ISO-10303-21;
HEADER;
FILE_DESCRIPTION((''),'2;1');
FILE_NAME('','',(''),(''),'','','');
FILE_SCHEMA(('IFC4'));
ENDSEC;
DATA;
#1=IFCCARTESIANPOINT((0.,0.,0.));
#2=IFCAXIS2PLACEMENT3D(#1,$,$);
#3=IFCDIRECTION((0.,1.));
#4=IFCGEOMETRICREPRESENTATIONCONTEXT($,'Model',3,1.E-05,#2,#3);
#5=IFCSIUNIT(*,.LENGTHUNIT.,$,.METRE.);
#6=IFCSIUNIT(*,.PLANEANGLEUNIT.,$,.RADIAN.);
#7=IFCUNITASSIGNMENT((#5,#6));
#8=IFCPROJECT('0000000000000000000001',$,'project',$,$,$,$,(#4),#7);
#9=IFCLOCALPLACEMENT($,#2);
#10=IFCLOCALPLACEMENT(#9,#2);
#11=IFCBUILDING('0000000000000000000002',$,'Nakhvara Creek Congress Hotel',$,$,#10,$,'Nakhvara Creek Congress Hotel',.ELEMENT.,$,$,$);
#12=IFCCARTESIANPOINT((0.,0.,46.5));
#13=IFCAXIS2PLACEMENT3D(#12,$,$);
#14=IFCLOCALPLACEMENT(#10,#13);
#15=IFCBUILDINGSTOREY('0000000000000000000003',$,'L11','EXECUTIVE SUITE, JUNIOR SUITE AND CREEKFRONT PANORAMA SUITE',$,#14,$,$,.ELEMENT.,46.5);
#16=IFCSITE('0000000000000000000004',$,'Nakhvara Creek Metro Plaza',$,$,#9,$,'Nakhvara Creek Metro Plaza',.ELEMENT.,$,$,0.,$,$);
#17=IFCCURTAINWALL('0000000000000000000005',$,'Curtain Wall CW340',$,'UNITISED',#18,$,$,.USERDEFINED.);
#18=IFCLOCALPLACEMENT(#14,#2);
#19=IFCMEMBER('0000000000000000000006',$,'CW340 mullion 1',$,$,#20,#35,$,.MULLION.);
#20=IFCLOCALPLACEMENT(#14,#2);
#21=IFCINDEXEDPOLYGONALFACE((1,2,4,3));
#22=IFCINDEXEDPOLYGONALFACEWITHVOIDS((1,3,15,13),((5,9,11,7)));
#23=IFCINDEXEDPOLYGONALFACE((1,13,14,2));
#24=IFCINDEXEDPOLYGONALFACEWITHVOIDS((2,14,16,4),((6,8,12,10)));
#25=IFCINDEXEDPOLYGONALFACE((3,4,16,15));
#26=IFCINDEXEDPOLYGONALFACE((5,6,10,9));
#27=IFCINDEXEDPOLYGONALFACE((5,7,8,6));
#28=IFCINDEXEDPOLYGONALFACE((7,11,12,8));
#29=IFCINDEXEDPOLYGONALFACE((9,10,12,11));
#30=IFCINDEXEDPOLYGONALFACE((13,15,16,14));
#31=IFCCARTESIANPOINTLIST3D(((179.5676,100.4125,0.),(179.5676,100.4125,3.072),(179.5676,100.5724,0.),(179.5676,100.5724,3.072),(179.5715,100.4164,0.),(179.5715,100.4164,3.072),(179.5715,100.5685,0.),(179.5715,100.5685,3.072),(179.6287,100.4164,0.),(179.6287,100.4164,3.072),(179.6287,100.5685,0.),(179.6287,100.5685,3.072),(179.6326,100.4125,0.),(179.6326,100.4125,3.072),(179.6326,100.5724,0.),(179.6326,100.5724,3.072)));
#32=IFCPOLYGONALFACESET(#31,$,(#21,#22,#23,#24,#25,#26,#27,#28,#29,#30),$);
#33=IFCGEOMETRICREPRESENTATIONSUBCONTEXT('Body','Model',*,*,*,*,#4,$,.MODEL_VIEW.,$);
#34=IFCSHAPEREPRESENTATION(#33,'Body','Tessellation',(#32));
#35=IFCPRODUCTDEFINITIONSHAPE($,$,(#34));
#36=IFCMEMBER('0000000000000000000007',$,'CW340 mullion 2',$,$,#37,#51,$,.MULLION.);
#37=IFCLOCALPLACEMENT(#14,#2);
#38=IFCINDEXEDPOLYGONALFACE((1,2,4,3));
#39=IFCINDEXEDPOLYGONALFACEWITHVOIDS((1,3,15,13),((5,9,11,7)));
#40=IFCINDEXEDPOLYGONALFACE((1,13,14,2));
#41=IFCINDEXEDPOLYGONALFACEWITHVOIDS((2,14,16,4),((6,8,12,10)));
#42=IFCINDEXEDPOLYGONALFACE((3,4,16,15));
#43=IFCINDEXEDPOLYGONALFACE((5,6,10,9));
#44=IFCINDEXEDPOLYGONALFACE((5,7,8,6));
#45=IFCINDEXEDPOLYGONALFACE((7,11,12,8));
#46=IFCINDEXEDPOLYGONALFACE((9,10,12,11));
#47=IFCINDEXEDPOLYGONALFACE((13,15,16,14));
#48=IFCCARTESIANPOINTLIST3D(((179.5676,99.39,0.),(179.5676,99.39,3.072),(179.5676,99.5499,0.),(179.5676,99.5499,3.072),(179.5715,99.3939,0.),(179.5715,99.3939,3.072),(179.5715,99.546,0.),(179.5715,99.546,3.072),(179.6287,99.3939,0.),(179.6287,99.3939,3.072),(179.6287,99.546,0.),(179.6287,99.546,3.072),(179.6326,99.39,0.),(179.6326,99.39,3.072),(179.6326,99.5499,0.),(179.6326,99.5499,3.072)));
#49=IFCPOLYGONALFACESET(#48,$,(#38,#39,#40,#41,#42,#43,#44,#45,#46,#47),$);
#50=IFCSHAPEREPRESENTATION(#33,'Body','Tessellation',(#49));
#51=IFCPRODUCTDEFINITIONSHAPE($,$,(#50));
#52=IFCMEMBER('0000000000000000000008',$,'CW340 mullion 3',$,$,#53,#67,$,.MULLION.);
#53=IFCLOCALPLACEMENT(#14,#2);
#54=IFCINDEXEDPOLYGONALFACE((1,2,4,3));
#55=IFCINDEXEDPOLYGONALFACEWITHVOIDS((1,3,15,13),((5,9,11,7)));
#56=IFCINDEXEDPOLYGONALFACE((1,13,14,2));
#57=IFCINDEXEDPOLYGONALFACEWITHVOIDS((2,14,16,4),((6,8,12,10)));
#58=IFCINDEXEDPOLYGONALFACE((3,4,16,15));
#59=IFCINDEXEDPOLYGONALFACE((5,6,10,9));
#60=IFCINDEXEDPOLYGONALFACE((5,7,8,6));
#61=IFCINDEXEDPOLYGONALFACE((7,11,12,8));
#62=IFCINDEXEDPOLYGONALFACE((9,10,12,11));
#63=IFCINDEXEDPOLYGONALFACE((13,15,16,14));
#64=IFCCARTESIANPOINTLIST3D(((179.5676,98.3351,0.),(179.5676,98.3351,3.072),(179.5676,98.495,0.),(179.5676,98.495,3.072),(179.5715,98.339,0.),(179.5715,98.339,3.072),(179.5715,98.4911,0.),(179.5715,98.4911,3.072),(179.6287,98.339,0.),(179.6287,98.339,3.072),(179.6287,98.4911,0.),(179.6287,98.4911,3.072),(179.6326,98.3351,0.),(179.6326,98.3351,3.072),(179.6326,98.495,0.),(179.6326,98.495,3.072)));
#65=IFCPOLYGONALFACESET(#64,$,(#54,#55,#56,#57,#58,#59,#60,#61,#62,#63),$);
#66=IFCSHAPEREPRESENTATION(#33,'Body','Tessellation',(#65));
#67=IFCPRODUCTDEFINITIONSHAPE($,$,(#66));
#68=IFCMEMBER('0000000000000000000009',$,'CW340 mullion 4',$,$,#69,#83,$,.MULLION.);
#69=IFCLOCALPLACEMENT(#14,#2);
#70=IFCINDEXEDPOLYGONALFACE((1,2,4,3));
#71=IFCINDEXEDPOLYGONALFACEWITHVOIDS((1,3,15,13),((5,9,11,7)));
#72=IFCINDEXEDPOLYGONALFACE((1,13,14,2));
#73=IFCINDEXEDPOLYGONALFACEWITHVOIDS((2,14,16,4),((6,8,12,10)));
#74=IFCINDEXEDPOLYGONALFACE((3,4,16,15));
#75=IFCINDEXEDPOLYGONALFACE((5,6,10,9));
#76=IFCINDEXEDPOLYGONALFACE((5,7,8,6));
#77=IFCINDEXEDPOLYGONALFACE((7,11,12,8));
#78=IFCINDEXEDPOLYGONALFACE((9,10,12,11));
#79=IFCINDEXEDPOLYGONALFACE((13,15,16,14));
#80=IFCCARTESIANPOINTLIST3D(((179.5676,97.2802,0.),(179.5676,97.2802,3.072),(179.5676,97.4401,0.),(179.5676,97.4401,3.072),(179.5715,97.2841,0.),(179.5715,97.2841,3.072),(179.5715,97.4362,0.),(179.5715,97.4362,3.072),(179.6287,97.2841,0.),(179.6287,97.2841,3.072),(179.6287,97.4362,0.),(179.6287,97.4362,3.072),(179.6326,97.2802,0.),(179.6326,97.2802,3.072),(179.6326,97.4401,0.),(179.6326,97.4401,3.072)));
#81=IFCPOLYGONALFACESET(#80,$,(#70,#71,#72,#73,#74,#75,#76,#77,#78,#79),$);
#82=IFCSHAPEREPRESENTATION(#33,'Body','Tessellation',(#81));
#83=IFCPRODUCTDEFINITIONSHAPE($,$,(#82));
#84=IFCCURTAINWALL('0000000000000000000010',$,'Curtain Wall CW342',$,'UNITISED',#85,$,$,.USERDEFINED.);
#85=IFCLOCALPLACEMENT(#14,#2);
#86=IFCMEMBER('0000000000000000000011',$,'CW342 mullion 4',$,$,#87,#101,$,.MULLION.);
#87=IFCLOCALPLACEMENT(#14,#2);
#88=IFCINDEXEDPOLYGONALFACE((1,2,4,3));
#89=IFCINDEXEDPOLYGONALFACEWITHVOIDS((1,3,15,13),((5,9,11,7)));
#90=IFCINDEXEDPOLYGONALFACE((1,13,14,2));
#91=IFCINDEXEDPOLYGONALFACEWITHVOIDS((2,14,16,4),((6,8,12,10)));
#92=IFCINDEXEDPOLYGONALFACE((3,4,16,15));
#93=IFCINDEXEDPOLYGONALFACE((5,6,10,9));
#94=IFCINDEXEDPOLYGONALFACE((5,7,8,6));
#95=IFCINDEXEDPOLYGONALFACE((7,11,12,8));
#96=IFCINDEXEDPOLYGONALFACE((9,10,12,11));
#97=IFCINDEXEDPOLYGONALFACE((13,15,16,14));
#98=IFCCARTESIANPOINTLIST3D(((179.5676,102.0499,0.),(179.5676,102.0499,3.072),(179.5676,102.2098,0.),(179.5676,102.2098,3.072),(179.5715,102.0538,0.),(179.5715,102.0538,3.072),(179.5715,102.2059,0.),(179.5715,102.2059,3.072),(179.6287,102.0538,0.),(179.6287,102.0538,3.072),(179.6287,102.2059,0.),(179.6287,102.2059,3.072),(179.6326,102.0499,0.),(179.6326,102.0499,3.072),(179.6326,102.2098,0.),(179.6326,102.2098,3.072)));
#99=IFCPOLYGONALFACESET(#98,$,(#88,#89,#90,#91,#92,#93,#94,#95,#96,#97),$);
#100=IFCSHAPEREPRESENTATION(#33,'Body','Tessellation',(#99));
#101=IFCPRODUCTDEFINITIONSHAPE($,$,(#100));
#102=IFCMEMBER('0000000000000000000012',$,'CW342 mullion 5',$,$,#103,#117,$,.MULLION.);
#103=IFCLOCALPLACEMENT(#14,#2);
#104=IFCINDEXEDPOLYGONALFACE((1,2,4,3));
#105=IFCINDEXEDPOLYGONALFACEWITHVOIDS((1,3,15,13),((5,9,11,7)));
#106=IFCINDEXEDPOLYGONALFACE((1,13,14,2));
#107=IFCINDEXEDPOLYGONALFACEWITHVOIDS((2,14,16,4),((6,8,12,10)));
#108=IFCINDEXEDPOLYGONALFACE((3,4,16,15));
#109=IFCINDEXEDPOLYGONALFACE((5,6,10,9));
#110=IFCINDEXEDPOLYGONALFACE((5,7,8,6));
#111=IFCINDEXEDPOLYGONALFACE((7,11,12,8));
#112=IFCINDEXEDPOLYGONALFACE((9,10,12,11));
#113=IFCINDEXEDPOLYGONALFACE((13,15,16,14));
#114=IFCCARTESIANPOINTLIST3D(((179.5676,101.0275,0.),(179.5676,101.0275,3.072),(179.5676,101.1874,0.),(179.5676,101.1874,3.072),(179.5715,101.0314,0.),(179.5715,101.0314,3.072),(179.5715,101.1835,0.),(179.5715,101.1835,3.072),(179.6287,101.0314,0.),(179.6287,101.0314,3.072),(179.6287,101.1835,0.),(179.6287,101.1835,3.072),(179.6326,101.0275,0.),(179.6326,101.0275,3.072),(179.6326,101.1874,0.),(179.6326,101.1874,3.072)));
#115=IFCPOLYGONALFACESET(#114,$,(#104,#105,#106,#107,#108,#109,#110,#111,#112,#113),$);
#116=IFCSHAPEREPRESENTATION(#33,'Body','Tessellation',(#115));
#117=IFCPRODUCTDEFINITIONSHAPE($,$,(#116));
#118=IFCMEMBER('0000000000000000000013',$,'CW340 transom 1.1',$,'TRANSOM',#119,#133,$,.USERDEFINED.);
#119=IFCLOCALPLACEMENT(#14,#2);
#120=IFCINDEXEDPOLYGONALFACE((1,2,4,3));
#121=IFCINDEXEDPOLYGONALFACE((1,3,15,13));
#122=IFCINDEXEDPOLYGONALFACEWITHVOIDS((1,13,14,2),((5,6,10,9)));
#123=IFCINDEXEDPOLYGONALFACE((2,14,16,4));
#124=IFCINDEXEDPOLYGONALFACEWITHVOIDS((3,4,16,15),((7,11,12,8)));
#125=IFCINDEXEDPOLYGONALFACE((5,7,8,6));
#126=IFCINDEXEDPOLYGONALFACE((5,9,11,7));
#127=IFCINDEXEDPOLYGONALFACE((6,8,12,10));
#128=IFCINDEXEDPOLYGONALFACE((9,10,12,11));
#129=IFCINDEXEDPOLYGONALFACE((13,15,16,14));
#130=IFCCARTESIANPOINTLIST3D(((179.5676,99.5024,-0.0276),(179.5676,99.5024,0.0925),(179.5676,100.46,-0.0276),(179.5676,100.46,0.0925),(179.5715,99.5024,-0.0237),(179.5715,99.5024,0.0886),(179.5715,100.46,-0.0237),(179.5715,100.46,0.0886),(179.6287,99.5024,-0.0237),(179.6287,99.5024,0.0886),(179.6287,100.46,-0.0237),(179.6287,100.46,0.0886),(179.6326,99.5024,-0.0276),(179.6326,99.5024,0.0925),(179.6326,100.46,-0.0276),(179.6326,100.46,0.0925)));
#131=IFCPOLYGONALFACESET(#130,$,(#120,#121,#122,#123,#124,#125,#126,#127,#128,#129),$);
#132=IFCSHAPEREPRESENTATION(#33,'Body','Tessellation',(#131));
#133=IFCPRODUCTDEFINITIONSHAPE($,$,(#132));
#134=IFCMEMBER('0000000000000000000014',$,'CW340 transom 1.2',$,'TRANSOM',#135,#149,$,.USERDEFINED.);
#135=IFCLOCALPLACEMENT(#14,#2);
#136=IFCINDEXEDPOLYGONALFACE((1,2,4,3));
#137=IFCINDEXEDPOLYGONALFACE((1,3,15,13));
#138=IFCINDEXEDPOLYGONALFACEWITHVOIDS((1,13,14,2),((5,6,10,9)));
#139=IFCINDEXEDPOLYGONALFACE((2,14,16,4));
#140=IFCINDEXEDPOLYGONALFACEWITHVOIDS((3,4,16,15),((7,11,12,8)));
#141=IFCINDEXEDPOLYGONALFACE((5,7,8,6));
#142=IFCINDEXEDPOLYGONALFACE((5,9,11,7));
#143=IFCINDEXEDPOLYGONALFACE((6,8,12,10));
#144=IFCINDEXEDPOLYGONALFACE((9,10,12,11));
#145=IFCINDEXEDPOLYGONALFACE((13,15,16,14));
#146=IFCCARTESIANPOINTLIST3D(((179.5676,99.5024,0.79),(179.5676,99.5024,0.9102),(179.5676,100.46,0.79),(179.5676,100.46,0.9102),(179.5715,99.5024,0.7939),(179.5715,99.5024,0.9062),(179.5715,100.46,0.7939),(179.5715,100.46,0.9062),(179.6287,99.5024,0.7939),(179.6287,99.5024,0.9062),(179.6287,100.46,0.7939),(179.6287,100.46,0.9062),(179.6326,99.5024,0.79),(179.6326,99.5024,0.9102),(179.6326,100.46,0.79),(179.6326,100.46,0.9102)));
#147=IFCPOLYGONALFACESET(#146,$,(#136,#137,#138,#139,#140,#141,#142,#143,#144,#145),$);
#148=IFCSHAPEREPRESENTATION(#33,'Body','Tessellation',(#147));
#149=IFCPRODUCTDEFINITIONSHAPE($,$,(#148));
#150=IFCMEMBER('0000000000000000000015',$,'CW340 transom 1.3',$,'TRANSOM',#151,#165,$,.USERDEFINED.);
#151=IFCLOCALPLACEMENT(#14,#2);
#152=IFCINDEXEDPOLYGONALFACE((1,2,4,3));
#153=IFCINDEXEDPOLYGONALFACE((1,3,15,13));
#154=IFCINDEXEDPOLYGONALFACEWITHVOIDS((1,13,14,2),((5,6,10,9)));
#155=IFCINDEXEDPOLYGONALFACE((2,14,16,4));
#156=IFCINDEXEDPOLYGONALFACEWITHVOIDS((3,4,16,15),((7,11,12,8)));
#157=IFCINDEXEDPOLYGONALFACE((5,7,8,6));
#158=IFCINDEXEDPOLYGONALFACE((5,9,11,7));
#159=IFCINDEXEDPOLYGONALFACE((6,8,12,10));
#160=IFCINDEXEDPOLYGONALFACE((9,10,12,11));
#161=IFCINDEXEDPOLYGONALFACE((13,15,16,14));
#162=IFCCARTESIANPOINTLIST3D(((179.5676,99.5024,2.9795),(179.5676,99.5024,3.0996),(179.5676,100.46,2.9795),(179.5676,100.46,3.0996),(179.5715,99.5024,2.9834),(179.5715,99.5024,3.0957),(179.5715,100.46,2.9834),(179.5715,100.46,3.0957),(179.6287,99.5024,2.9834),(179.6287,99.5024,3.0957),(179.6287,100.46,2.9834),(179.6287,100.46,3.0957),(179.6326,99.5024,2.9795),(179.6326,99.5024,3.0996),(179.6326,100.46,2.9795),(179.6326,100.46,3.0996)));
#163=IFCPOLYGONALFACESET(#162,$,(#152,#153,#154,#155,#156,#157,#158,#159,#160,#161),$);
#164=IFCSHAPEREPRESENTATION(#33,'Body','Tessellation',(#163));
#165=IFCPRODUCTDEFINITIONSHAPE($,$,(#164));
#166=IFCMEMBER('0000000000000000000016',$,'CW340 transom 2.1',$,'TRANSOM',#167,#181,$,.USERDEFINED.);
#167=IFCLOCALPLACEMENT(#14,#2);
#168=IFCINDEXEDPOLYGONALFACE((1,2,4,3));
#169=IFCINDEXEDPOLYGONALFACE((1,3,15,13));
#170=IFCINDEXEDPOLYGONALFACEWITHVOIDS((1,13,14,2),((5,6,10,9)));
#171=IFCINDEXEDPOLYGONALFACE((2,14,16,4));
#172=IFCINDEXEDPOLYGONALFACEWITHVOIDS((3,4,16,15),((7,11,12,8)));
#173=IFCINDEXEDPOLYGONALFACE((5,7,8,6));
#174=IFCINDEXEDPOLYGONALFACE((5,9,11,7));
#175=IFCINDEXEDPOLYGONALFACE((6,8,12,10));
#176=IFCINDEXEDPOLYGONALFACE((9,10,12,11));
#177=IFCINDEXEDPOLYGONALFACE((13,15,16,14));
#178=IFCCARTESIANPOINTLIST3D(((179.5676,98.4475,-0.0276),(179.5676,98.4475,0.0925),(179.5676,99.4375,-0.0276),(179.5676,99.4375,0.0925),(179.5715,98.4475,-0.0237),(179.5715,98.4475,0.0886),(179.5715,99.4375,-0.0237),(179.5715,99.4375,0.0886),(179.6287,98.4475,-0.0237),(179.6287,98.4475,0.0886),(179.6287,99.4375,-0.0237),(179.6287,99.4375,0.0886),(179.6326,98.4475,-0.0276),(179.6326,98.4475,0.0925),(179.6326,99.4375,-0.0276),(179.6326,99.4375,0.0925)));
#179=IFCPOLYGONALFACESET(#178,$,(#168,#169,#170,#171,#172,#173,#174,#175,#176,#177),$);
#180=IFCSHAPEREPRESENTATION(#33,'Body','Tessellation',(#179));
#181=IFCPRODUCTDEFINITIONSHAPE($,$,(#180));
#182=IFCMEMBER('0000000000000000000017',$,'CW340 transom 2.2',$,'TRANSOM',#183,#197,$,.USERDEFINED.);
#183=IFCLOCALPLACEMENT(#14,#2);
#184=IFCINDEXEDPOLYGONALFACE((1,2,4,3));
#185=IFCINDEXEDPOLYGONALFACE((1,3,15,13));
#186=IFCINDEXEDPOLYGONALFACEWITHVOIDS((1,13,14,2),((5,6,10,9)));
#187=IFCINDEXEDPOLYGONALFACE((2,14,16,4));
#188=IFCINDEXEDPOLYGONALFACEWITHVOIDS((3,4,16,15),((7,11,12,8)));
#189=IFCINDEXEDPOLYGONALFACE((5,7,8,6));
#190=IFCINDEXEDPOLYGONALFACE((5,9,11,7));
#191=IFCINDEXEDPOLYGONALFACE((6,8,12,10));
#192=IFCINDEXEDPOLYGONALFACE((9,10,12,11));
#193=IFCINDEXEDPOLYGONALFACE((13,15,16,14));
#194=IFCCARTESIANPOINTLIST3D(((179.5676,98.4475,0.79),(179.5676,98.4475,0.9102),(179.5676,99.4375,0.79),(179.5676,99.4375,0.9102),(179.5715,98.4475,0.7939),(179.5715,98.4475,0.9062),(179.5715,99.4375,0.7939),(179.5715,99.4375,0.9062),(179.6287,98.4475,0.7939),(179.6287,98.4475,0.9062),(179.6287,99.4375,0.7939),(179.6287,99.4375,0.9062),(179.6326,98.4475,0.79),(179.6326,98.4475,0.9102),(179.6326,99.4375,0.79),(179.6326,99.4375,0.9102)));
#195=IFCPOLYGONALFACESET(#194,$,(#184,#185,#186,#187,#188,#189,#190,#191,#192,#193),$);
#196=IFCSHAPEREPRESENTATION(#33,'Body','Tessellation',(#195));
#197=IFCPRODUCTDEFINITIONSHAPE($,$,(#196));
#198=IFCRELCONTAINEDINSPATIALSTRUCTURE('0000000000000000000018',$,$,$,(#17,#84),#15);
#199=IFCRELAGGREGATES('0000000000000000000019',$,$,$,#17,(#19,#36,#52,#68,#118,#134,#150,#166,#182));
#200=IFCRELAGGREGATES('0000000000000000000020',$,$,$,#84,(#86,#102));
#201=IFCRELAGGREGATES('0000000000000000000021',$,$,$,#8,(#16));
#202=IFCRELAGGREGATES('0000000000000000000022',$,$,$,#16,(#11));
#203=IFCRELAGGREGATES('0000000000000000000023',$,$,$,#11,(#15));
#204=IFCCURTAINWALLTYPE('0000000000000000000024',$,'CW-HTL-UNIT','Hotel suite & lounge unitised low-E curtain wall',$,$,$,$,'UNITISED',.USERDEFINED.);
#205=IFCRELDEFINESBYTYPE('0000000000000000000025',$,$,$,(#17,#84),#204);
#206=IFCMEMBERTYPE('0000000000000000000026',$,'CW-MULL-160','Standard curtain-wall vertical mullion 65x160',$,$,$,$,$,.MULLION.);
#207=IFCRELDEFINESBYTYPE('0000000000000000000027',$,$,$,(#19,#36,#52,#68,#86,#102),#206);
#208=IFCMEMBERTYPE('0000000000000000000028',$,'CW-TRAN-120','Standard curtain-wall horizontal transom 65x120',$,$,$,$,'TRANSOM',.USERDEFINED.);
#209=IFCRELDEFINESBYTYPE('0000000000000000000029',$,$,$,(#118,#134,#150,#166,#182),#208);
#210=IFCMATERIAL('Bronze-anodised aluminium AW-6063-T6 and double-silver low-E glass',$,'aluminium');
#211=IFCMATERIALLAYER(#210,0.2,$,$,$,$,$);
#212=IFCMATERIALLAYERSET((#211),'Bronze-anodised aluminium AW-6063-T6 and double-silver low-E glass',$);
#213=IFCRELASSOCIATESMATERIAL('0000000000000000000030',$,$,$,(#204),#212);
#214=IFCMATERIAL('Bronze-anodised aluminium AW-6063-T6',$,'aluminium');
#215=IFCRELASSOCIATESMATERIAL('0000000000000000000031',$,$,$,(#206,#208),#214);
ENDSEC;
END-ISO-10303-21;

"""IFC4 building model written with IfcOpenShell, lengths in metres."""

from ifc_helpers import new_model, si_unit, direction, frame, origin, origin_2d, place, context, subcontext, project, spatial, hollow_rectangle, extrude, material, layer, layer_set, material_profile, profile_set, type_object, element, aggregate, save


model = new_model("IFC4")

# Units and contexts
model_context = context("Model", 3, precision=1e-05, world=origin(), true_north=direction((0.0, 1.0)))
body_context = subcontext(model_context, "Body", "Model", "MODEL_VIEW")
ifc_project = project(units=[si_unit("LENGTHUNIT", "METRE"), si_unit("PLANEANGLEUNIT", "RADIAN")], contexts=[model_context])

# Site, building, storey
site_placement = place(None, origin())
site = spatial("IfcSite", under=ifc_project, at=site_placement, Name="Nakhvara Creek Metro Plaza", LongName="Nakhvara Creek Metro Plaza", CompositionType="ELEMENT", RefElevation=0.0)
building_placement = place(site_placement, origin())
building = spatial("IfcBuilding", under=site, at=building_placement, Name="Nakhvara Creek Congress Hotel", LongName="Nakhvara Creek Congress Hotel", CompositionType="ELEMENT")
storey_placement = place(building_placement, frame((0.0, 0.0, 46.5)))
storey = spatial("IfcBuildingStorey", under=building, at=storey_placement, Name="L11", Description="EXECUTIVE SUITE, JUNIOR SUITE AND CREEKFRONT PANORAMA SUITE", CompositionType="ELEMENT", Elevation=46.5)

# Curtain walls, members
ifc_material_1 = material(Name="Bronze-anodised aluminium AW-6063-T6 and double-silver low-E glass", Category="aluminium")
ifc_layer = layer(ifc_material_1, 0.2)
ifc_layer_set = layer_set([ifc_layer], Name="Bronze-anodised aluminium AW-6063-T6 and double-silver low-E glass")
curtain_wall_type = type_object("IfcCurtainWallType", Name="CW-HTL-UNIT", Description="Hotel suite & lounge unitised low-E curtain wall", ElementType="UNITISED", PredefinedType="USERDEFINED", material=ifc_layer_set)
curtain_wall_1_placement = place(storey_placement, origin())
curtain_wall_1 = element("IfcCurtainWall", 1, at=curtain_wall_1_placement, inside=storey, type_object=curtain_wall_type, Name="Curtain Wall CW340", ObjectType="UNITISED", PredefinedType="USERDEFINED")
ifc_material_2 = material(Name="Bronze-anodised aluminium AW-6063-T6", Category="aluminium")
ifc_material_profile_1 = material_profile(ifc_material_2, hollow_rectangle(XDim=0.0649, YDim=0.1599, WallThickness=0.0039, at=origin_2d()), Name="ALU-MULL 65x160x4", Category="LoadBearing")
ifc_profile_set_1 = profile_set([ifc_material_profile_1], Name="Bronze-anodised aluminium AW-6063-T6")
member_type_1 = type_object("IfcMemberType", Name="CW-MULL-160", Description="Standard curtain-wall vertical mullion 65x160", PredefinedType="MULLION", material=ifc_profile_set_1)
member_1_placement = place(storey_placement, frame((179.6001, 100.4924, 0.0), z_axis=(0.0, 0.0, 1.0), x_axis=(1.0, 0.0, 0.0)))
member_1 = element("IfcMember", 2, at=member_1_placement, type_object=member_type_1, Name="CW340 mullion 1", PredefinedType="MULLION", context=body_context, shape_type="SweptSolid", body=[
    extrude(hollow_rectangle(XDim=0.0649, YDim=0.1599, WallThickness=0.0039, at=origin_2d()), origin(), (0.0, 0.0, 1.0), 3.072),
])
member_2_placement = place(storey_placement, frame((179.6001, 99.47, 0.0), z_axis=(0.0, 0.0, 1.0), x_axis=(1.0, 0.0, 0.0)))
member_2 = element("IfcMember", 3, at=member_2_placement, type_object=member_type_1, Name="CW340 mullion 2", PredefinedType="MULLION", context=body_context, shape_type="SweptSolid", body=[
    extrude(hollow_rectangle(XDim=0.0649, YDim=0.1599, WallThickness=0.0039, at=origin_2d()), origin(), (0.0, 0.0, 1.0), 3.072),
])
member_3_placement = place(storey_placement, frame((179.6001, 98.415, 0.0), z_axis=(0.0, 0.0, 1.0), x_axis=(1.0, 0.0, 0.0)))
member_3 = element("IfcMember", 4, at=member_3_placement, type_object=member_type_1, Name="CW340 mullion 3", PredefinedType="MULLION", context=body_context, shape_type="SweptSolid", body=[
    extrude(hollow_rectangle(XDim=0.0649, YDim=0.1599, WallThickness=0.0039, at=origin_2d()), origin(), (0.0, 0.0, 1.0), 3.072),
])
member_4_placement = place(storey_placement, frame((179.6001, 97.3601, 0.0), z_axis=(0.0, 0.0, 1.0), x_axis=(1.0, 0.0, 0.0)))
member_4 = element("IfcMember", 5, at=member_4_placement, type_object=member_type_1, Name="CW340 mullion 4", PredefinedType="MULLION", context=body_context, shape_type="SweptSolid", body=[
    extrude(hollow_rectangle(XDim=0.0649, YDim=0.1599, WallThickness=0.0039, at=origin_2d()), origin(), (0.0, 0.0, 1.0), 3.072),
])
curtain_wall_2_placement = place(storey_placement, origin())
curtain_wall_2 = element("IfcCurtainWall", 6, at=curtain_wall_2_placement, inside=storey, type_object=curtain_wall_type, Name="Curtain Wall CW342", ObjectType="UNITISED", PredefinedType="USERDEFINED")
member_5_placement = place(storey_placement, frame((179.6001, 102.1299, 0.0), z_axis=(0.0, 0.0, 1.0), x_axis=(1.0, 0.0, 0.0)))
member_5 = element("IfcMember", 7, at=member_5_placement, type_object=member_type_1, Name="CW342 mullion 4", PredefinedType="MULLION", context=body_context, shape_type="SweptSolid", body=[
    extrude(hollow_rectangle(XDim=0.0649, YDim=0.1599, WallThickness=0.0039, at=origin_2d()), origin(), (0.0, 0.0, 1.0), 3.072),
])
member_6_placement = place(storey_placement, frame((179.6001, 101.1074, 0.0), z_axis=(0.0, 0.0, 1.0), x_axis=(1.0, 0.0, 0.0)))
member_6 = element("IfcMember", 8, at=member_6_placement, type_object=member_type_1, Name="CW342 mullion 5", PredefinedType="MULLION", context=body_context, shape_type="SweptSolid", body=[
    extrude(hollow_rectangle(XDim=0.0649, YDim=0.1599, WallThickness=0.0039, at=origin_2d()), origin(), (0.0, 0.0, 1.0), 3.072),
])

# Members
ifc_material_profile_2 = material_profile(ifc_material_2, hollow_rectangle(XDim=0.0649, YDim=0.1201, WallThickness=0.0039, at=origin_2d()), Name="ALU-TRAN 65x120x4", Category="LoadBearing")
ifc_profile_set_2 = profile_set([ifc_material_profile_2], Name="Bronze-anodised aluminium AW-6063-T6")
member_type_2 = type_object("IfcMemberType", Name="CW-TRAN-120", Description="Standard curtain-wall horizontal transom 65x120", ElementType="TRANSOM", PredefinedType="USERDEFINED", material=ifc_profile_set_2)
member_7_placement = place(storey_placement, frame((179.6001, 100.46, 0.0325), z_axis=(0.0, -1.0, 0.0), x_axis=(1.0, 0.0, 0.0)))
member_7 = element("IfcMember", 9, at=member_7_placement, type_object=member_type_2, Name="CW340 transom 1.1", ObjectType="TRANSOM", PredefinedType="USERDEFINED", context=body_context, shape_type="SweptSolid", body=[
    extrude(hollow_rectangle(XDim=0.0649, YDim=0.1201, WallThickness=0.0039, at=origin_2d()), origin(), (0.0, 0.0, 1.0), 0.9575),
])
member_8_placement = place(storey_placement, frame((179.6001, 100.46, 0.8501), z_axis=(0.0, -1.0, 0.0), x_axis=(1.0, 0.0, 0.0)))
member_8 = element("IfcMember", 10, at=member_8_placement, type_object=member_type_2, Name="CW340 transom 1.2", ObjectType="TRANSOM", PredefinedType="USERDEFINED", context=body_context, shape_type="SweptSolid", body=[
    extrude(hollow_rectangle(XDim=0.0649, YDim=0.1201, WallThickness=0.0039, at=origin_2d()), origin(), (0.0, 0.0, 1.0), 0.9575),
])
member_9_placement = place(storey_placement, frame((179.6001, 100.46, 3.0396), z_axis=(0.0, -1.0, 0.0), x_axis=(1.0, 0.0, 0.0)))
member_9 = element("IfcMember", 11, at=member_9_placement, type_object=member_type_2, Name="CW340 transom 1.3", ObjectType="TRANSOM", PredefinedType="USERDEFINED", context=body_context, shape_type="SweptSolid", body=[
    extrude(hollow_rectangle(XDim=0.0649, YDim=0.1201, WallThickness=0.0039, at=origin_2d()), origin(), (0.0, 0.0, 1.0), 0.9575),
])
member_10_placement = place(storey_placement, frame((179.6001, 99.4375, 0.0325), z_axis=(0.0, -1.0, 0.0), x_axis=(1.0, 0.0, 0.0)))
member_10 = element("IfcMember", 12, at=member_10_placement, type_object=member_type_2, Name="CW340 transom 2.1", ObjectType="TRANSOM", PredefinedType="USERDEFINED", context=body_context, shape_type="SweptSolid", body=[
    extrude(hollow_rectangle(XDim=0.0649, YDim=0.1201, WallThickness=0.0039, at=origin_2d()), origin(), (0.0, 0.0, 1.0), 0.99),
])
member_11_placement = place(storey_placement, frame((179.6001, 99.4375, 0.8501), z_axis=(0.0, -1.0, 0.0), x_axis=(1.0, 0.0, 0.0)))
member_11 = element("IfcMember", 13, at=member_11_placement, type_object=member_type_2, Name="CW340 transom 2.2", ObjectType="TRANSOM", PredefinedType="USERDEFINED", context=body_context, shape_type="SweptSolid", body=[
    extrude(hollow_rectangle(XDim=0.0649, YDim=0.1201, WallThickness=0.0039, at=origin_2d()), origin(), (0.0, 0.0, 1.0), 0.99),
])

aggregate(curtain_wall_1, [member_1, member_2, member_3, member_4, member_7, member_8, member_9, member_10, member_11])
aggregate(curtain_wall_2, [member_5, member_6])

save(model, "model.ifc")
